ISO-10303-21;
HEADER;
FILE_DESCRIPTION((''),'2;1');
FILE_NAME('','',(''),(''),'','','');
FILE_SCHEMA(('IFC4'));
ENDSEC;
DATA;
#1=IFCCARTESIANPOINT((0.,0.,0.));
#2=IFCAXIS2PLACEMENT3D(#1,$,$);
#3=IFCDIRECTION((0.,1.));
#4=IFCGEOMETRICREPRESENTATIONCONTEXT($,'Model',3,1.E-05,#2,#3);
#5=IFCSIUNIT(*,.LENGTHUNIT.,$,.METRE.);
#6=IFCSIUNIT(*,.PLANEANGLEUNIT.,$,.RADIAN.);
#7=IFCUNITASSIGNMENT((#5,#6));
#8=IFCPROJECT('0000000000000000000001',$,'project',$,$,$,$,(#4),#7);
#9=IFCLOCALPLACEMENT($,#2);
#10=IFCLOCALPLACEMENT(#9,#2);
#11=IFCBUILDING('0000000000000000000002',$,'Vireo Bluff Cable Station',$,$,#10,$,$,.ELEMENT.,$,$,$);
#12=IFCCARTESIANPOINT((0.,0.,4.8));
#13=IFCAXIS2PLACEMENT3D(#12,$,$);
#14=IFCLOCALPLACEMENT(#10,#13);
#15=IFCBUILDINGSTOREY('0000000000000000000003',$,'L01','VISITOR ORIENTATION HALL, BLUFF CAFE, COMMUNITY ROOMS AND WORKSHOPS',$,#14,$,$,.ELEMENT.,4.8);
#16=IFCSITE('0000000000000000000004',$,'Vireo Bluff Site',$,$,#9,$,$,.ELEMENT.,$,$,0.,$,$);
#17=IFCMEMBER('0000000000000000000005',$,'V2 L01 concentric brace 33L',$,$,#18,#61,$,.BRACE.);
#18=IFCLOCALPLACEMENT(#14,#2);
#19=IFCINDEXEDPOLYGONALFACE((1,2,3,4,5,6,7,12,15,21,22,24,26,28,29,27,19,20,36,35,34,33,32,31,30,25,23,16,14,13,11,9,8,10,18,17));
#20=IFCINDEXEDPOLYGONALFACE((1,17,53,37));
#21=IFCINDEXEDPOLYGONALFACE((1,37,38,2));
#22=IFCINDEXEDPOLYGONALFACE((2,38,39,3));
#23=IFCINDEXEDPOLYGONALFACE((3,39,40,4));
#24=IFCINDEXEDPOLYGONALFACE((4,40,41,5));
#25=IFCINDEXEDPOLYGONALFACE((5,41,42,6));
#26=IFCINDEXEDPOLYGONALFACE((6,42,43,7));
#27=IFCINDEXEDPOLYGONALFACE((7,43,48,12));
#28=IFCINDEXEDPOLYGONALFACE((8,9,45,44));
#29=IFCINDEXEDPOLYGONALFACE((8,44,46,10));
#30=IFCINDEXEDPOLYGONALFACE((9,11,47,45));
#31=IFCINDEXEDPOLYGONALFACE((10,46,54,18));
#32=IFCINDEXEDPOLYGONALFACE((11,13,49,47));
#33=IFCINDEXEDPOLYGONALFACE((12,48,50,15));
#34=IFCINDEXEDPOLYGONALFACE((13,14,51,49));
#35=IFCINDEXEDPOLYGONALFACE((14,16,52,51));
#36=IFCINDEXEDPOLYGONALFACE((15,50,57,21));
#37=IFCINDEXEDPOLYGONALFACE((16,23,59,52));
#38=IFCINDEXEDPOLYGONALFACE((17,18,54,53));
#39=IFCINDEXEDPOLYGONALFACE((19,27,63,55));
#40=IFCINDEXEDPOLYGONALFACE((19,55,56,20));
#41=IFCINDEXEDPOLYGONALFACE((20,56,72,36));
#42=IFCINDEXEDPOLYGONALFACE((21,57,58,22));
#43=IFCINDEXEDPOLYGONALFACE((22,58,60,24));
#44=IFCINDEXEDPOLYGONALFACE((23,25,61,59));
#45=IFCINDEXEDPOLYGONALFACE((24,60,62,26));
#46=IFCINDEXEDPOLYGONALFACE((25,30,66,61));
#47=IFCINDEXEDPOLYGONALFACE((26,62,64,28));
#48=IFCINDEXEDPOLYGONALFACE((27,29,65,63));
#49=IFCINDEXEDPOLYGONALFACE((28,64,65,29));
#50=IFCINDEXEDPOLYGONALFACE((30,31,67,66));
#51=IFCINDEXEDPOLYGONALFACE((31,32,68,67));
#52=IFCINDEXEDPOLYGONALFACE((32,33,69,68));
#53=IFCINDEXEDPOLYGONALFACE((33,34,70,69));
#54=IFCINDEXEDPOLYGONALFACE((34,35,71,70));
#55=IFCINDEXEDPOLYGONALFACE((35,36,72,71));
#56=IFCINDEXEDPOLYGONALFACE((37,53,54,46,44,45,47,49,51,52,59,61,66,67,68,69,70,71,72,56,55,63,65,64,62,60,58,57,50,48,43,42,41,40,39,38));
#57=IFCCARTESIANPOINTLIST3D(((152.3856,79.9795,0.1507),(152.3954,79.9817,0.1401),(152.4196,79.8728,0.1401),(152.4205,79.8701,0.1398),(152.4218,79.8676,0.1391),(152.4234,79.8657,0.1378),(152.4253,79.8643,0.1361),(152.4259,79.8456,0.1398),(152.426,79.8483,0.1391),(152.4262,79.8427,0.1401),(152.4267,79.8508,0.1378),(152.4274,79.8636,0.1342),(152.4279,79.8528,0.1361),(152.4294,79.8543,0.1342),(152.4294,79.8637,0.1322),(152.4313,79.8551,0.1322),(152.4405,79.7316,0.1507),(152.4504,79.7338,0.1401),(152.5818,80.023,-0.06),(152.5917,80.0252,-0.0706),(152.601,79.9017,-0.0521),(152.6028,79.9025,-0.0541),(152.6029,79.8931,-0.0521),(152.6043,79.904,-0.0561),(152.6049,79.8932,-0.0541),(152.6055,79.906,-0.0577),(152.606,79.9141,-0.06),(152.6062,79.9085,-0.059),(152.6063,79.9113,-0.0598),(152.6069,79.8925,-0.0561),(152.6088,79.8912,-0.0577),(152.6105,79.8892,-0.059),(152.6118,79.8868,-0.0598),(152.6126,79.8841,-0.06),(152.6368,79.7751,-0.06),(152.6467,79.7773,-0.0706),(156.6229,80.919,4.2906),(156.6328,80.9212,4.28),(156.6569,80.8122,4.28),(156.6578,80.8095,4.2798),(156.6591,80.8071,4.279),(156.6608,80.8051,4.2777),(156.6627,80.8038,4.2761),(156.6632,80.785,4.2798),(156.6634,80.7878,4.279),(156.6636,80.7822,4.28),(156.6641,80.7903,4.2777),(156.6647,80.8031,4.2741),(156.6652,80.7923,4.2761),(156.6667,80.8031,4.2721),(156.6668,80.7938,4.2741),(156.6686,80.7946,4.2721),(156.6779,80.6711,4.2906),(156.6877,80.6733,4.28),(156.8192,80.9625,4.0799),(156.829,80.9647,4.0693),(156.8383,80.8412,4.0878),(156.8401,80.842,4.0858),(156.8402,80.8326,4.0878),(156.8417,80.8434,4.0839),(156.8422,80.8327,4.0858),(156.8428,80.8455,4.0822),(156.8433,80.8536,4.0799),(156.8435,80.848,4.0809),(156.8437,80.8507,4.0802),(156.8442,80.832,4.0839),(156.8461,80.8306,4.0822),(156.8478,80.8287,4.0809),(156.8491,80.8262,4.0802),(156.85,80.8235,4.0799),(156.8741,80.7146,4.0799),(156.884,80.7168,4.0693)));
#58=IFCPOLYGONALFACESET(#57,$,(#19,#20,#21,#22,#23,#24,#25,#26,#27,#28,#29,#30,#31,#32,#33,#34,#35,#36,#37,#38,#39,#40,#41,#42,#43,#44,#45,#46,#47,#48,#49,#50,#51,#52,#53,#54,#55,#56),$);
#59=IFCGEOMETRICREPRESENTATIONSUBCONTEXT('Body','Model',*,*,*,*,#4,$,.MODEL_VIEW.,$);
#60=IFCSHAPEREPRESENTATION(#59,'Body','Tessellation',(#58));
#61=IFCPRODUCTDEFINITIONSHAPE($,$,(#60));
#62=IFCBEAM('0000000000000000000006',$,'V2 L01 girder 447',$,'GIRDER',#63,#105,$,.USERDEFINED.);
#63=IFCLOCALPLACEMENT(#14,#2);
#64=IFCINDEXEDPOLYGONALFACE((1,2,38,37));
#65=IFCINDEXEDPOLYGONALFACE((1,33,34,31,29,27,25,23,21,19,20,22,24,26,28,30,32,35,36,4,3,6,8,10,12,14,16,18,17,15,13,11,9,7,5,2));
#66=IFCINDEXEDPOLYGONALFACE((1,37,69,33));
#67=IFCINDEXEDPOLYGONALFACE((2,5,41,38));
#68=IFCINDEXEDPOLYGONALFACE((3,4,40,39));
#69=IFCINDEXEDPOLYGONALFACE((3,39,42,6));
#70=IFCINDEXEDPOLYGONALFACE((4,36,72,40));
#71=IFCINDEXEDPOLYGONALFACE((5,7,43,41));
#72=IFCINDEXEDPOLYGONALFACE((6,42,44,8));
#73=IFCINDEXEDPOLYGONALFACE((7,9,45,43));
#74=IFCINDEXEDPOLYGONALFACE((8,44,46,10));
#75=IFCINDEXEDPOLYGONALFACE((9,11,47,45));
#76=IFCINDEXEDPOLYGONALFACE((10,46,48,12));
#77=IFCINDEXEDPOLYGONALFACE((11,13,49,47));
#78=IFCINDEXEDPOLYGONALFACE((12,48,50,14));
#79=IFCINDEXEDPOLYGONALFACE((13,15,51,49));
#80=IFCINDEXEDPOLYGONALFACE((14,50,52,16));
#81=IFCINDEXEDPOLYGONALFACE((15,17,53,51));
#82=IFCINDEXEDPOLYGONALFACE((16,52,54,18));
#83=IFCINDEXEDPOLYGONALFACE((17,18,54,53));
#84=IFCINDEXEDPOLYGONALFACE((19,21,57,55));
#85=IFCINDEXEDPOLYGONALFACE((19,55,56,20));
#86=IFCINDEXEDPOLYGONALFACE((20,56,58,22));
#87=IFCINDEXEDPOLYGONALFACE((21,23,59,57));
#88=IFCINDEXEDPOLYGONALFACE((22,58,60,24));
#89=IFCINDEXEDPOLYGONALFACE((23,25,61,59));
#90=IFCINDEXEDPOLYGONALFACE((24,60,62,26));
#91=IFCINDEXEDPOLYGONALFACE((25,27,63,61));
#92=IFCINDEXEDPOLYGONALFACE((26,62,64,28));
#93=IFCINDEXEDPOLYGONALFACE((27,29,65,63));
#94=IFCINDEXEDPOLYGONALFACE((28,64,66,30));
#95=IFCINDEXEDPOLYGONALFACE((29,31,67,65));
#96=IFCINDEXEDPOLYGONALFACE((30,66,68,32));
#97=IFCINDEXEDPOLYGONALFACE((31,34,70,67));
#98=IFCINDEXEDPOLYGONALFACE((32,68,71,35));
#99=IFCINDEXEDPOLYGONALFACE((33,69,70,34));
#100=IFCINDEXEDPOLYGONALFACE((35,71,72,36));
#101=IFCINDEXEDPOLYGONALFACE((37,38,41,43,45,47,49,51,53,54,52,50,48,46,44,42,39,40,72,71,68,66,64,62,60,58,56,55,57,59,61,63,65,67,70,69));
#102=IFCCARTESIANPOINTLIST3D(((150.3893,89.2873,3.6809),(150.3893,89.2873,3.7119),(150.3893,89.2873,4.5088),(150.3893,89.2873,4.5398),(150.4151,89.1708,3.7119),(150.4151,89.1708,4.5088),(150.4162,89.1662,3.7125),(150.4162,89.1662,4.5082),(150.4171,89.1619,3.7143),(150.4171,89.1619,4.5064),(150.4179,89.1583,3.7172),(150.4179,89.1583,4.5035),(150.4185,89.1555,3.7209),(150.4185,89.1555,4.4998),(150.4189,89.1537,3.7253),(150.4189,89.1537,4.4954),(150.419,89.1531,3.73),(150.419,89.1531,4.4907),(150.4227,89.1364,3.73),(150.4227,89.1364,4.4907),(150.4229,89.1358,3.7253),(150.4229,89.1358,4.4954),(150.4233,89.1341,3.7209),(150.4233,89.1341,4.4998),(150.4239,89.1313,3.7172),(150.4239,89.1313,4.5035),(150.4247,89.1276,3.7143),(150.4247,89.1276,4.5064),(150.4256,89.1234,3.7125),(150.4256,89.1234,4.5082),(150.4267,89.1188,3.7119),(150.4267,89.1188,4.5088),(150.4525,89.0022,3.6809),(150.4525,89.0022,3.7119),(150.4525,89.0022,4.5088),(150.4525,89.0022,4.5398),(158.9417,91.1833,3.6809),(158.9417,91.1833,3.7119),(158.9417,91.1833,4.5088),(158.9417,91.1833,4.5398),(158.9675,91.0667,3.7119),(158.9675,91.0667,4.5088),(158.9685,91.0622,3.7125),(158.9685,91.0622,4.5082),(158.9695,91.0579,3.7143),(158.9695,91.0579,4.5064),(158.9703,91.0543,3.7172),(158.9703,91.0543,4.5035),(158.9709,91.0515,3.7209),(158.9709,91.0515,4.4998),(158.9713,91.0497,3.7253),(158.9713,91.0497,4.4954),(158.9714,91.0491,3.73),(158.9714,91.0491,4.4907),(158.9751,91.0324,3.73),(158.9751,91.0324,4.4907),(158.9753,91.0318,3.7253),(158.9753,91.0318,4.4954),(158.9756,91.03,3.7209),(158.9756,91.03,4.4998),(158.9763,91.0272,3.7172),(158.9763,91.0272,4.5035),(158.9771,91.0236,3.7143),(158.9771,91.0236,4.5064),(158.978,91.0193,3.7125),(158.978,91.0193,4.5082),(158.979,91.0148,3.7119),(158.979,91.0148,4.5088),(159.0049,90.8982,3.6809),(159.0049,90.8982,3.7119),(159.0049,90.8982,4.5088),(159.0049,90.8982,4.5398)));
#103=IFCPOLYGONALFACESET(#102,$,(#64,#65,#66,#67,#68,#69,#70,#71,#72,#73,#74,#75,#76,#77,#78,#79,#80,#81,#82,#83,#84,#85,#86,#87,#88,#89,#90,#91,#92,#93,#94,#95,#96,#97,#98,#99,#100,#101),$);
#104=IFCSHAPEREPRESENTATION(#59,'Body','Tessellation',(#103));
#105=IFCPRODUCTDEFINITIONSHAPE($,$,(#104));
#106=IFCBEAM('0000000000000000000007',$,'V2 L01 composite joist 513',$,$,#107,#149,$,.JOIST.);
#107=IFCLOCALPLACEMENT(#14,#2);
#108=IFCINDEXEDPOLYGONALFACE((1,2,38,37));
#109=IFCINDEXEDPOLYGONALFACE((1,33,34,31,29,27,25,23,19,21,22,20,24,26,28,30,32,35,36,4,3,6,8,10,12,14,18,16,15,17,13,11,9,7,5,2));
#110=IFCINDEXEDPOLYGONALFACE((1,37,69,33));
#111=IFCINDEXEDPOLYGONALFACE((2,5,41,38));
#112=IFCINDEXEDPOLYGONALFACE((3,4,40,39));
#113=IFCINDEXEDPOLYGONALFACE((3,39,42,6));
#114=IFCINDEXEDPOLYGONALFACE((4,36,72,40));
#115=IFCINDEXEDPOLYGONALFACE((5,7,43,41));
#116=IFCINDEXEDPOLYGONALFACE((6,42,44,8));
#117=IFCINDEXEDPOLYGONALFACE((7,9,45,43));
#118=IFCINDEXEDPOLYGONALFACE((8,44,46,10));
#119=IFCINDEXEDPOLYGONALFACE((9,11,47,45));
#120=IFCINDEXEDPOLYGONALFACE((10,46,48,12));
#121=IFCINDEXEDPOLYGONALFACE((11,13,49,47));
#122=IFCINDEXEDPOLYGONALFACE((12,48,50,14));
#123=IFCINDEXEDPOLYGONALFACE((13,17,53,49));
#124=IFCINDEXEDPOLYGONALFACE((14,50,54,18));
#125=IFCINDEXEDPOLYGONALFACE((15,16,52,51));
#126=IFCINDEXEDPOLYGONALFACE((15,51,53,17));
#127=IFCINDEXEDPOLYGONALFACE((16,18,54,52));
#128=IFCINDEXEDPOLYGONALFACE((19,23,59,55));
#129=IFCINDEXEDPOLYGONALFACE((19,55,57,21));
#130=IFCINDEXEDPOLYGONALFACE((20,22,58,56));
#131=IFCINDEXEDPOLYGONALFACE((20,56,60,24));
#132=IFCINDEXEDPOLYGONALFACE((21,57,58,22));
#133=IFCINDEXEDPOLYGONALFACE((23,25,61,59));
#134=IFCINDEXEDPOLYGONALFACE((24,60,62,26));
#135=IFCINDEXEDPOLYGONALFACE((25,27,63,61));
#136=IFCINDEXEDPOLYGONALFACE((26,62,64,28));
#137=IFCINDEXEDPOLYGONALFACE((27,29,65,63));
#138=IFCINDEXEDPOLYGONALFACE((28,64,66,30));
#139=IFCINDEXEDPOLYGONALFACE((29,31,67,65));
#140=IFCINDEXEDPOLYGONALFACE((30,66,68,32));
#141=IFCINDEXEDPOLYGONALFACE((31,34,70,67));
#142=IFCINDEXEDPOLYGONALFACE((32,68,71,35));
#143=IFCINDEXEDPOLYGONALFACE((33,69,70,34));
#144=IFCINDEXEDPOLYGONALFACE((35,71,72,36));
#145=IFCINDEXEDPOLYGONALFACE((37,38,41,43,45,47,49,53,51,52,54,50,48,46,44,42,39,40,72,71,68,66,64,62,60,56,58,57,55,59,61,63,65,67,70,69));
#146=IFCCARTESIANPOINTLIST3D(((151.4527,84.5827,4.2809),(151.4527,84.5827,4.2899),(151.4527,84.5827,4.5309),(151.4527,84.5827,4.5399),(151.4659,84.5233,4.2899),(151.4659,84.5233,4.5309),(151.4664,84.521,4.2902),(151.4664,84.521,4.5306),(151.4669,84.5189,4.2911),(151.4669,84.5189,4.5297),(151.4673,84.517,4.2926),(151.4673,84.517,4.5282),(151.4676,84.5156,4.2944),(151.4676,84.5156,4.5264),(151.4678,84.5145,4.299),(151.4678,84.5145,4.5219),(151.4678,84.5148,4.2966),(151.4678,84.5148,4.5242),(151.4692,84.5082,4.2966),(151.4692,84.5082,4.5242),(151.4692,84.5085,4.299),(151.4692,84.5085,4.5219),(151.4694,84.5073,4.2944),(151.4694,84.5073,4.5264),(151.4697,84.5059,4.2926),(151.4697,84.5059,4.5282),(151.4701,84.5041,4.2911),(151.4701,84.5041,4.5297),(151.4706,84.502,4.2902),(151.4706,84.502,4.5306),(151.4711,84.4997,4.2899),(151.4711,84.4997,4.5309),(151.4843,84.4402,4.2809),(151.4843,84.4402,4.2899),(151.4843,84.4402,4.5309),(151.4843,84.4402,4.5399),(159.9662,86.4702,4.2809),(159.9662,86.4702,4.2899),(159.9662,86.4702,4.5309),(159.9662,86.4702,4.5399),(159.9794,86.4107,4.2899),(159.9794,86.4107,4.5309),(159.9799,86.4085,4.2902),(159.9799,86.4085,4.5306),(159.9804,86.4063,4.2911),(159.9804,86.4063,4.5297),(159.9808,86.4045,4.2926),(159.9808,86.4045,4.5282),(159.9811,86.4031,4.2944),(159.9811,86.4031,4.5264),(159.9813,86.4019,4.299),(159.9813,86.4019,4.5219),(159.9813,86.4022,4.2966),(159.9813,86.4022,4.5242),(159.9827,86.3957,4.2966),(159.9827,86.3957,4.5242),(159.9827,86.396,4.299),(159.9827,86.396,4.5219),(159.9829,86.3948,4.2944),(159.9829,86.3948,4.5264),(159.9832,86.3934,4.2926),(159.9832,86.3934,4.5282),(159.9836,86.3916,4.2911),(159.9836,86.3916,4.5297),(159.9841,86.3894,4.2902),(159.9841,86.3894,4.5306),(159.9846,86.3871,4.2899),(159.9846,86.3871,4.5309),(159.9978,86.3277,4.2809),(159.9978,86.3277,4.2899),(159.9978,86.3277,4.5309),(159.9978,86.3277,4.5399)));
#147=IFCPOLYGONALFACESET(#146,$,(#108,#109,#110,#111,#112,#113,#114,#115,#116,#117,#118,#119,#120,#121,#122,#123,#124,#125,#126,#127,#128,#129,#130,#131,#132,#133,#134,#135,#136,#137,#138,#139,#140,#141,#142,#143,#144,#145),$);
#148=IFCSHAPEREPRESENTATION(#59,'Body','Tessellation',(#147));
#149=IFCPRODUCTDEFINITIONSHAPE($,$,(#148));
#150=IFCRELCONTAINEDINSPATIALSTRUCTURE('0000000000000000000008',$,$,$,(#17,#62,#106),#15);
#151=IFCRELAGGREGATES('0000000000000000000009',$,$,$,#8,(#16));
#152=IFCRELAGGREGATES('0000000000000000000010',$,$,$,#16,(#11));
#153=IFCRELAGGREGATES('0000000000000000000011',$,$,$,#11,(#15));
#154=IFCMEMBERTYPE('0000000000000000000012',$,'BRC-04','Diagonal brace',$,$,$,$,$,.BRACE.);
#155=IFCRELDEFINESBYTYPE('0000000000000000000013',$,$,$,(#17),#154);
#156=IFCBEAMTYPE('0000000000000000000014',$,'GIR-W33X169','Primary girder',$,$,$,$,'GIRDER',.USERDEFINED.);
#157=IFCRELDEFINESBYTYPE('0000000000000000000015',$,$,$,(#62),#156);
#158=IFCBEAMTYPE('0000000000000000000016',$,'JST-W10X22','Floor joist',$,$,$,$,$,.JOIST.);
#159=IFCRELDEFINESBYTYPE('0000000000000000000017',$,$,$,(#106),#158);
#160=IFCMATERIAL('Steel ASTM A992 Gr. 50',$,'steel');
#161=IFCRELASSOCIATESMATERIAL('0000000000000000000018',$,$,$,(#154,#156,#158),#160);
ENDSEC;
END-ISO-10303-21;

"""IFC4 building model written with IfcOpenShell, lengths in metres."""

from ifc_helpers import new_model, si_unit, direction, frame, origin, origin_2d, place, context, subcontext, project, spatial, i_section, extrude, material, material_profile, profile_set, type_object, element, save


model = new_model("IFC4")

# Units and contexts
model_context = context("Model", 3, precision=1e-05, world=origin(), true_north=direction((0.0, 1.0)))
body_context = subcontext(model_context, "Body", "Model", "MODEL_VIEW")
ifc_project = project(units=[si_unit("LENGTHUNIT", "METRE"), si_unit("PLANEANGLEUNIT", "RADIAN")], contexts=[model_context])

# Site, building, storey
site_placement = place(None, origin())
site = spatial("IfcSite", under=ifc_project, at=site_placement, Name="Vireo Bluff Site", CompositionType="ELEMENT", RefElevation=0.0)
building_placement = place(site_placement, origin())
building = spatial("IfcBuilding", under=site, at=building_placement, Name="Vireo Bluff Cable Station", CompositionType="ELEMENT")
storey_placement = place(building_placement, frame((0.0, 0.0, 4.8)))
storey = spatial("IfcBuildingStorey", under=building, at=storey_placement, Name="L01", Description="VISITOR ORIENTATION HALL, BLUFF CAFE, COMMUNITY ROOMS AND WORKSHOPS", CompositionType="ELEMENT", Elevation=4.8)

# Shared definitions
ifc_material_1 = material(Name="Steel ASTM A992 Gr. 50", Category="steel")

# Member
ifc_material_profile_1 = material_profile(ifc_material_1, i_section(OverallWidth=0.2539, OverallDepth=0.3059, WebThickness=0.0088, FlangeThickness=0.0146, FilletRadius=0.011, at=origin_2d()), Name="W12X53")
ifc_profile_set_1 = profile_set([ifc_material_profile_1], Name="Steel ASTM A992 Gr. 50")
member_type = type_object("IfcMemberType", Name="BRC-04", Description="Diagonal brace", PredefinedType="BRACE", material=ifc_profile_set_1)
member_placement = place(storey_placement, frame((152.5161, 79.8784, 0.04), z_axis=(0.706453, 0.156628, 0.690212), x_axis=(-0.216454, 0.976293, 0.0)))
element("IfcMember", 1, at=member_placement, inside=storey, type_object=member_type, Name="V2 L01 concentric brace 33L", PredefinedType="BRACE", context=body_context, shape_type="SweptSolid", body=[
    extrude(i_section(OverallWidth=0.2539, OverallDepth=0.3059, WebThickness=0.0088, FlangeThickness=0.0146, FilletRadius=0.011, at=origin_2d()), origin(), (0.0, 0.0, 1.0), 5.998),
])

# Beams
ifc_material_profile_2 = material_profile(ifc_material_1, i_section(OverallWidth=0.292, OverallDepth=0.8589, WebThickness=0.0171, FlangeThickness=0.031, FilletRadius=0.0181, at=origin_2d()), Name="W33X169")
ifc_profile_set_2 = profile_set([ifc_material_profile_2], Name="Steel ASTM A992 Gr. 50")
beam_type_1 = type_object("IfcBeamType", Name="GIR-W33X169", Description="Primary girder", ElementType="GIRDER", PredefinedType="USERDEFINED", material=ifc_profile_set_2)
beam_1_placement = place(storey_placement, frame((150.4209, 89.1448, 4.1104), z_axis=(0.976297, 0.216435, 0.0), x_axis=(-0.216435, 0.976297, 0.0)))
element("IfcBeam", 2, at=beam_1_placement, inside=storey, type_object=beam_type_1, Name="V2 L01 girder 447", ObjectType="GIRDER", PredefinedType="USERDEFINED", context=body_context, shape_type="SweptSolid", body=[
    extrude(i_section(OverallWidth=0.292, OverallDepth=0.8589, WebThickness=0.0171, FlangeThickness=0.031, FilletRadius=0.0181, at=origin_2d()), origin(), (0.0, 0.0, 1.0), 8.76),
])
ifc_material_profile_3 = material_profile(ifc_material_1, i_section(OverallWidth=0.146, OverallDepth=0.259, WebThickness=0.0061, FlangeThickness=0.009, FilletRadius=0.009, at=origin_2d()), Name="W10X22")
ifc_profile_set_3 = profile_set([ifc_material_profile_3], Name="Steel ASTM A992 Gr. 50")
beam_type_2 = type_object("IfcBeamType", Name="JST-W10X22", Description="Floor joist", PredefinedType="JOIST", material=ifc_profile_set_3)
beam_2_placement = place(storey_placement, frame((151.4685, 84.5115, 4.4104), z_axis=(0.976294, 0.216447, 0.0), x_axis=(-0.216447, 0.976294, 0.0)))
element("IfcBeam", 3, at=beam_2_placement, inside=storey, type_object=beam_type_2, Name="V2 L01 composite joist 513", PredefinedType="JOIST", context=body_context, shape_type="SweptSolid", body=[
    extrude(i_section(OverallWidth=0.146, OverallDepth=0.259, WebThickness=0.0061, FlangeThickness=0.009, FilletRadius=0.009, at=origin_2d()), origin(), (0.0, 0.0, 1.0), 8.7202),
])

save(model, "model.ifc")
